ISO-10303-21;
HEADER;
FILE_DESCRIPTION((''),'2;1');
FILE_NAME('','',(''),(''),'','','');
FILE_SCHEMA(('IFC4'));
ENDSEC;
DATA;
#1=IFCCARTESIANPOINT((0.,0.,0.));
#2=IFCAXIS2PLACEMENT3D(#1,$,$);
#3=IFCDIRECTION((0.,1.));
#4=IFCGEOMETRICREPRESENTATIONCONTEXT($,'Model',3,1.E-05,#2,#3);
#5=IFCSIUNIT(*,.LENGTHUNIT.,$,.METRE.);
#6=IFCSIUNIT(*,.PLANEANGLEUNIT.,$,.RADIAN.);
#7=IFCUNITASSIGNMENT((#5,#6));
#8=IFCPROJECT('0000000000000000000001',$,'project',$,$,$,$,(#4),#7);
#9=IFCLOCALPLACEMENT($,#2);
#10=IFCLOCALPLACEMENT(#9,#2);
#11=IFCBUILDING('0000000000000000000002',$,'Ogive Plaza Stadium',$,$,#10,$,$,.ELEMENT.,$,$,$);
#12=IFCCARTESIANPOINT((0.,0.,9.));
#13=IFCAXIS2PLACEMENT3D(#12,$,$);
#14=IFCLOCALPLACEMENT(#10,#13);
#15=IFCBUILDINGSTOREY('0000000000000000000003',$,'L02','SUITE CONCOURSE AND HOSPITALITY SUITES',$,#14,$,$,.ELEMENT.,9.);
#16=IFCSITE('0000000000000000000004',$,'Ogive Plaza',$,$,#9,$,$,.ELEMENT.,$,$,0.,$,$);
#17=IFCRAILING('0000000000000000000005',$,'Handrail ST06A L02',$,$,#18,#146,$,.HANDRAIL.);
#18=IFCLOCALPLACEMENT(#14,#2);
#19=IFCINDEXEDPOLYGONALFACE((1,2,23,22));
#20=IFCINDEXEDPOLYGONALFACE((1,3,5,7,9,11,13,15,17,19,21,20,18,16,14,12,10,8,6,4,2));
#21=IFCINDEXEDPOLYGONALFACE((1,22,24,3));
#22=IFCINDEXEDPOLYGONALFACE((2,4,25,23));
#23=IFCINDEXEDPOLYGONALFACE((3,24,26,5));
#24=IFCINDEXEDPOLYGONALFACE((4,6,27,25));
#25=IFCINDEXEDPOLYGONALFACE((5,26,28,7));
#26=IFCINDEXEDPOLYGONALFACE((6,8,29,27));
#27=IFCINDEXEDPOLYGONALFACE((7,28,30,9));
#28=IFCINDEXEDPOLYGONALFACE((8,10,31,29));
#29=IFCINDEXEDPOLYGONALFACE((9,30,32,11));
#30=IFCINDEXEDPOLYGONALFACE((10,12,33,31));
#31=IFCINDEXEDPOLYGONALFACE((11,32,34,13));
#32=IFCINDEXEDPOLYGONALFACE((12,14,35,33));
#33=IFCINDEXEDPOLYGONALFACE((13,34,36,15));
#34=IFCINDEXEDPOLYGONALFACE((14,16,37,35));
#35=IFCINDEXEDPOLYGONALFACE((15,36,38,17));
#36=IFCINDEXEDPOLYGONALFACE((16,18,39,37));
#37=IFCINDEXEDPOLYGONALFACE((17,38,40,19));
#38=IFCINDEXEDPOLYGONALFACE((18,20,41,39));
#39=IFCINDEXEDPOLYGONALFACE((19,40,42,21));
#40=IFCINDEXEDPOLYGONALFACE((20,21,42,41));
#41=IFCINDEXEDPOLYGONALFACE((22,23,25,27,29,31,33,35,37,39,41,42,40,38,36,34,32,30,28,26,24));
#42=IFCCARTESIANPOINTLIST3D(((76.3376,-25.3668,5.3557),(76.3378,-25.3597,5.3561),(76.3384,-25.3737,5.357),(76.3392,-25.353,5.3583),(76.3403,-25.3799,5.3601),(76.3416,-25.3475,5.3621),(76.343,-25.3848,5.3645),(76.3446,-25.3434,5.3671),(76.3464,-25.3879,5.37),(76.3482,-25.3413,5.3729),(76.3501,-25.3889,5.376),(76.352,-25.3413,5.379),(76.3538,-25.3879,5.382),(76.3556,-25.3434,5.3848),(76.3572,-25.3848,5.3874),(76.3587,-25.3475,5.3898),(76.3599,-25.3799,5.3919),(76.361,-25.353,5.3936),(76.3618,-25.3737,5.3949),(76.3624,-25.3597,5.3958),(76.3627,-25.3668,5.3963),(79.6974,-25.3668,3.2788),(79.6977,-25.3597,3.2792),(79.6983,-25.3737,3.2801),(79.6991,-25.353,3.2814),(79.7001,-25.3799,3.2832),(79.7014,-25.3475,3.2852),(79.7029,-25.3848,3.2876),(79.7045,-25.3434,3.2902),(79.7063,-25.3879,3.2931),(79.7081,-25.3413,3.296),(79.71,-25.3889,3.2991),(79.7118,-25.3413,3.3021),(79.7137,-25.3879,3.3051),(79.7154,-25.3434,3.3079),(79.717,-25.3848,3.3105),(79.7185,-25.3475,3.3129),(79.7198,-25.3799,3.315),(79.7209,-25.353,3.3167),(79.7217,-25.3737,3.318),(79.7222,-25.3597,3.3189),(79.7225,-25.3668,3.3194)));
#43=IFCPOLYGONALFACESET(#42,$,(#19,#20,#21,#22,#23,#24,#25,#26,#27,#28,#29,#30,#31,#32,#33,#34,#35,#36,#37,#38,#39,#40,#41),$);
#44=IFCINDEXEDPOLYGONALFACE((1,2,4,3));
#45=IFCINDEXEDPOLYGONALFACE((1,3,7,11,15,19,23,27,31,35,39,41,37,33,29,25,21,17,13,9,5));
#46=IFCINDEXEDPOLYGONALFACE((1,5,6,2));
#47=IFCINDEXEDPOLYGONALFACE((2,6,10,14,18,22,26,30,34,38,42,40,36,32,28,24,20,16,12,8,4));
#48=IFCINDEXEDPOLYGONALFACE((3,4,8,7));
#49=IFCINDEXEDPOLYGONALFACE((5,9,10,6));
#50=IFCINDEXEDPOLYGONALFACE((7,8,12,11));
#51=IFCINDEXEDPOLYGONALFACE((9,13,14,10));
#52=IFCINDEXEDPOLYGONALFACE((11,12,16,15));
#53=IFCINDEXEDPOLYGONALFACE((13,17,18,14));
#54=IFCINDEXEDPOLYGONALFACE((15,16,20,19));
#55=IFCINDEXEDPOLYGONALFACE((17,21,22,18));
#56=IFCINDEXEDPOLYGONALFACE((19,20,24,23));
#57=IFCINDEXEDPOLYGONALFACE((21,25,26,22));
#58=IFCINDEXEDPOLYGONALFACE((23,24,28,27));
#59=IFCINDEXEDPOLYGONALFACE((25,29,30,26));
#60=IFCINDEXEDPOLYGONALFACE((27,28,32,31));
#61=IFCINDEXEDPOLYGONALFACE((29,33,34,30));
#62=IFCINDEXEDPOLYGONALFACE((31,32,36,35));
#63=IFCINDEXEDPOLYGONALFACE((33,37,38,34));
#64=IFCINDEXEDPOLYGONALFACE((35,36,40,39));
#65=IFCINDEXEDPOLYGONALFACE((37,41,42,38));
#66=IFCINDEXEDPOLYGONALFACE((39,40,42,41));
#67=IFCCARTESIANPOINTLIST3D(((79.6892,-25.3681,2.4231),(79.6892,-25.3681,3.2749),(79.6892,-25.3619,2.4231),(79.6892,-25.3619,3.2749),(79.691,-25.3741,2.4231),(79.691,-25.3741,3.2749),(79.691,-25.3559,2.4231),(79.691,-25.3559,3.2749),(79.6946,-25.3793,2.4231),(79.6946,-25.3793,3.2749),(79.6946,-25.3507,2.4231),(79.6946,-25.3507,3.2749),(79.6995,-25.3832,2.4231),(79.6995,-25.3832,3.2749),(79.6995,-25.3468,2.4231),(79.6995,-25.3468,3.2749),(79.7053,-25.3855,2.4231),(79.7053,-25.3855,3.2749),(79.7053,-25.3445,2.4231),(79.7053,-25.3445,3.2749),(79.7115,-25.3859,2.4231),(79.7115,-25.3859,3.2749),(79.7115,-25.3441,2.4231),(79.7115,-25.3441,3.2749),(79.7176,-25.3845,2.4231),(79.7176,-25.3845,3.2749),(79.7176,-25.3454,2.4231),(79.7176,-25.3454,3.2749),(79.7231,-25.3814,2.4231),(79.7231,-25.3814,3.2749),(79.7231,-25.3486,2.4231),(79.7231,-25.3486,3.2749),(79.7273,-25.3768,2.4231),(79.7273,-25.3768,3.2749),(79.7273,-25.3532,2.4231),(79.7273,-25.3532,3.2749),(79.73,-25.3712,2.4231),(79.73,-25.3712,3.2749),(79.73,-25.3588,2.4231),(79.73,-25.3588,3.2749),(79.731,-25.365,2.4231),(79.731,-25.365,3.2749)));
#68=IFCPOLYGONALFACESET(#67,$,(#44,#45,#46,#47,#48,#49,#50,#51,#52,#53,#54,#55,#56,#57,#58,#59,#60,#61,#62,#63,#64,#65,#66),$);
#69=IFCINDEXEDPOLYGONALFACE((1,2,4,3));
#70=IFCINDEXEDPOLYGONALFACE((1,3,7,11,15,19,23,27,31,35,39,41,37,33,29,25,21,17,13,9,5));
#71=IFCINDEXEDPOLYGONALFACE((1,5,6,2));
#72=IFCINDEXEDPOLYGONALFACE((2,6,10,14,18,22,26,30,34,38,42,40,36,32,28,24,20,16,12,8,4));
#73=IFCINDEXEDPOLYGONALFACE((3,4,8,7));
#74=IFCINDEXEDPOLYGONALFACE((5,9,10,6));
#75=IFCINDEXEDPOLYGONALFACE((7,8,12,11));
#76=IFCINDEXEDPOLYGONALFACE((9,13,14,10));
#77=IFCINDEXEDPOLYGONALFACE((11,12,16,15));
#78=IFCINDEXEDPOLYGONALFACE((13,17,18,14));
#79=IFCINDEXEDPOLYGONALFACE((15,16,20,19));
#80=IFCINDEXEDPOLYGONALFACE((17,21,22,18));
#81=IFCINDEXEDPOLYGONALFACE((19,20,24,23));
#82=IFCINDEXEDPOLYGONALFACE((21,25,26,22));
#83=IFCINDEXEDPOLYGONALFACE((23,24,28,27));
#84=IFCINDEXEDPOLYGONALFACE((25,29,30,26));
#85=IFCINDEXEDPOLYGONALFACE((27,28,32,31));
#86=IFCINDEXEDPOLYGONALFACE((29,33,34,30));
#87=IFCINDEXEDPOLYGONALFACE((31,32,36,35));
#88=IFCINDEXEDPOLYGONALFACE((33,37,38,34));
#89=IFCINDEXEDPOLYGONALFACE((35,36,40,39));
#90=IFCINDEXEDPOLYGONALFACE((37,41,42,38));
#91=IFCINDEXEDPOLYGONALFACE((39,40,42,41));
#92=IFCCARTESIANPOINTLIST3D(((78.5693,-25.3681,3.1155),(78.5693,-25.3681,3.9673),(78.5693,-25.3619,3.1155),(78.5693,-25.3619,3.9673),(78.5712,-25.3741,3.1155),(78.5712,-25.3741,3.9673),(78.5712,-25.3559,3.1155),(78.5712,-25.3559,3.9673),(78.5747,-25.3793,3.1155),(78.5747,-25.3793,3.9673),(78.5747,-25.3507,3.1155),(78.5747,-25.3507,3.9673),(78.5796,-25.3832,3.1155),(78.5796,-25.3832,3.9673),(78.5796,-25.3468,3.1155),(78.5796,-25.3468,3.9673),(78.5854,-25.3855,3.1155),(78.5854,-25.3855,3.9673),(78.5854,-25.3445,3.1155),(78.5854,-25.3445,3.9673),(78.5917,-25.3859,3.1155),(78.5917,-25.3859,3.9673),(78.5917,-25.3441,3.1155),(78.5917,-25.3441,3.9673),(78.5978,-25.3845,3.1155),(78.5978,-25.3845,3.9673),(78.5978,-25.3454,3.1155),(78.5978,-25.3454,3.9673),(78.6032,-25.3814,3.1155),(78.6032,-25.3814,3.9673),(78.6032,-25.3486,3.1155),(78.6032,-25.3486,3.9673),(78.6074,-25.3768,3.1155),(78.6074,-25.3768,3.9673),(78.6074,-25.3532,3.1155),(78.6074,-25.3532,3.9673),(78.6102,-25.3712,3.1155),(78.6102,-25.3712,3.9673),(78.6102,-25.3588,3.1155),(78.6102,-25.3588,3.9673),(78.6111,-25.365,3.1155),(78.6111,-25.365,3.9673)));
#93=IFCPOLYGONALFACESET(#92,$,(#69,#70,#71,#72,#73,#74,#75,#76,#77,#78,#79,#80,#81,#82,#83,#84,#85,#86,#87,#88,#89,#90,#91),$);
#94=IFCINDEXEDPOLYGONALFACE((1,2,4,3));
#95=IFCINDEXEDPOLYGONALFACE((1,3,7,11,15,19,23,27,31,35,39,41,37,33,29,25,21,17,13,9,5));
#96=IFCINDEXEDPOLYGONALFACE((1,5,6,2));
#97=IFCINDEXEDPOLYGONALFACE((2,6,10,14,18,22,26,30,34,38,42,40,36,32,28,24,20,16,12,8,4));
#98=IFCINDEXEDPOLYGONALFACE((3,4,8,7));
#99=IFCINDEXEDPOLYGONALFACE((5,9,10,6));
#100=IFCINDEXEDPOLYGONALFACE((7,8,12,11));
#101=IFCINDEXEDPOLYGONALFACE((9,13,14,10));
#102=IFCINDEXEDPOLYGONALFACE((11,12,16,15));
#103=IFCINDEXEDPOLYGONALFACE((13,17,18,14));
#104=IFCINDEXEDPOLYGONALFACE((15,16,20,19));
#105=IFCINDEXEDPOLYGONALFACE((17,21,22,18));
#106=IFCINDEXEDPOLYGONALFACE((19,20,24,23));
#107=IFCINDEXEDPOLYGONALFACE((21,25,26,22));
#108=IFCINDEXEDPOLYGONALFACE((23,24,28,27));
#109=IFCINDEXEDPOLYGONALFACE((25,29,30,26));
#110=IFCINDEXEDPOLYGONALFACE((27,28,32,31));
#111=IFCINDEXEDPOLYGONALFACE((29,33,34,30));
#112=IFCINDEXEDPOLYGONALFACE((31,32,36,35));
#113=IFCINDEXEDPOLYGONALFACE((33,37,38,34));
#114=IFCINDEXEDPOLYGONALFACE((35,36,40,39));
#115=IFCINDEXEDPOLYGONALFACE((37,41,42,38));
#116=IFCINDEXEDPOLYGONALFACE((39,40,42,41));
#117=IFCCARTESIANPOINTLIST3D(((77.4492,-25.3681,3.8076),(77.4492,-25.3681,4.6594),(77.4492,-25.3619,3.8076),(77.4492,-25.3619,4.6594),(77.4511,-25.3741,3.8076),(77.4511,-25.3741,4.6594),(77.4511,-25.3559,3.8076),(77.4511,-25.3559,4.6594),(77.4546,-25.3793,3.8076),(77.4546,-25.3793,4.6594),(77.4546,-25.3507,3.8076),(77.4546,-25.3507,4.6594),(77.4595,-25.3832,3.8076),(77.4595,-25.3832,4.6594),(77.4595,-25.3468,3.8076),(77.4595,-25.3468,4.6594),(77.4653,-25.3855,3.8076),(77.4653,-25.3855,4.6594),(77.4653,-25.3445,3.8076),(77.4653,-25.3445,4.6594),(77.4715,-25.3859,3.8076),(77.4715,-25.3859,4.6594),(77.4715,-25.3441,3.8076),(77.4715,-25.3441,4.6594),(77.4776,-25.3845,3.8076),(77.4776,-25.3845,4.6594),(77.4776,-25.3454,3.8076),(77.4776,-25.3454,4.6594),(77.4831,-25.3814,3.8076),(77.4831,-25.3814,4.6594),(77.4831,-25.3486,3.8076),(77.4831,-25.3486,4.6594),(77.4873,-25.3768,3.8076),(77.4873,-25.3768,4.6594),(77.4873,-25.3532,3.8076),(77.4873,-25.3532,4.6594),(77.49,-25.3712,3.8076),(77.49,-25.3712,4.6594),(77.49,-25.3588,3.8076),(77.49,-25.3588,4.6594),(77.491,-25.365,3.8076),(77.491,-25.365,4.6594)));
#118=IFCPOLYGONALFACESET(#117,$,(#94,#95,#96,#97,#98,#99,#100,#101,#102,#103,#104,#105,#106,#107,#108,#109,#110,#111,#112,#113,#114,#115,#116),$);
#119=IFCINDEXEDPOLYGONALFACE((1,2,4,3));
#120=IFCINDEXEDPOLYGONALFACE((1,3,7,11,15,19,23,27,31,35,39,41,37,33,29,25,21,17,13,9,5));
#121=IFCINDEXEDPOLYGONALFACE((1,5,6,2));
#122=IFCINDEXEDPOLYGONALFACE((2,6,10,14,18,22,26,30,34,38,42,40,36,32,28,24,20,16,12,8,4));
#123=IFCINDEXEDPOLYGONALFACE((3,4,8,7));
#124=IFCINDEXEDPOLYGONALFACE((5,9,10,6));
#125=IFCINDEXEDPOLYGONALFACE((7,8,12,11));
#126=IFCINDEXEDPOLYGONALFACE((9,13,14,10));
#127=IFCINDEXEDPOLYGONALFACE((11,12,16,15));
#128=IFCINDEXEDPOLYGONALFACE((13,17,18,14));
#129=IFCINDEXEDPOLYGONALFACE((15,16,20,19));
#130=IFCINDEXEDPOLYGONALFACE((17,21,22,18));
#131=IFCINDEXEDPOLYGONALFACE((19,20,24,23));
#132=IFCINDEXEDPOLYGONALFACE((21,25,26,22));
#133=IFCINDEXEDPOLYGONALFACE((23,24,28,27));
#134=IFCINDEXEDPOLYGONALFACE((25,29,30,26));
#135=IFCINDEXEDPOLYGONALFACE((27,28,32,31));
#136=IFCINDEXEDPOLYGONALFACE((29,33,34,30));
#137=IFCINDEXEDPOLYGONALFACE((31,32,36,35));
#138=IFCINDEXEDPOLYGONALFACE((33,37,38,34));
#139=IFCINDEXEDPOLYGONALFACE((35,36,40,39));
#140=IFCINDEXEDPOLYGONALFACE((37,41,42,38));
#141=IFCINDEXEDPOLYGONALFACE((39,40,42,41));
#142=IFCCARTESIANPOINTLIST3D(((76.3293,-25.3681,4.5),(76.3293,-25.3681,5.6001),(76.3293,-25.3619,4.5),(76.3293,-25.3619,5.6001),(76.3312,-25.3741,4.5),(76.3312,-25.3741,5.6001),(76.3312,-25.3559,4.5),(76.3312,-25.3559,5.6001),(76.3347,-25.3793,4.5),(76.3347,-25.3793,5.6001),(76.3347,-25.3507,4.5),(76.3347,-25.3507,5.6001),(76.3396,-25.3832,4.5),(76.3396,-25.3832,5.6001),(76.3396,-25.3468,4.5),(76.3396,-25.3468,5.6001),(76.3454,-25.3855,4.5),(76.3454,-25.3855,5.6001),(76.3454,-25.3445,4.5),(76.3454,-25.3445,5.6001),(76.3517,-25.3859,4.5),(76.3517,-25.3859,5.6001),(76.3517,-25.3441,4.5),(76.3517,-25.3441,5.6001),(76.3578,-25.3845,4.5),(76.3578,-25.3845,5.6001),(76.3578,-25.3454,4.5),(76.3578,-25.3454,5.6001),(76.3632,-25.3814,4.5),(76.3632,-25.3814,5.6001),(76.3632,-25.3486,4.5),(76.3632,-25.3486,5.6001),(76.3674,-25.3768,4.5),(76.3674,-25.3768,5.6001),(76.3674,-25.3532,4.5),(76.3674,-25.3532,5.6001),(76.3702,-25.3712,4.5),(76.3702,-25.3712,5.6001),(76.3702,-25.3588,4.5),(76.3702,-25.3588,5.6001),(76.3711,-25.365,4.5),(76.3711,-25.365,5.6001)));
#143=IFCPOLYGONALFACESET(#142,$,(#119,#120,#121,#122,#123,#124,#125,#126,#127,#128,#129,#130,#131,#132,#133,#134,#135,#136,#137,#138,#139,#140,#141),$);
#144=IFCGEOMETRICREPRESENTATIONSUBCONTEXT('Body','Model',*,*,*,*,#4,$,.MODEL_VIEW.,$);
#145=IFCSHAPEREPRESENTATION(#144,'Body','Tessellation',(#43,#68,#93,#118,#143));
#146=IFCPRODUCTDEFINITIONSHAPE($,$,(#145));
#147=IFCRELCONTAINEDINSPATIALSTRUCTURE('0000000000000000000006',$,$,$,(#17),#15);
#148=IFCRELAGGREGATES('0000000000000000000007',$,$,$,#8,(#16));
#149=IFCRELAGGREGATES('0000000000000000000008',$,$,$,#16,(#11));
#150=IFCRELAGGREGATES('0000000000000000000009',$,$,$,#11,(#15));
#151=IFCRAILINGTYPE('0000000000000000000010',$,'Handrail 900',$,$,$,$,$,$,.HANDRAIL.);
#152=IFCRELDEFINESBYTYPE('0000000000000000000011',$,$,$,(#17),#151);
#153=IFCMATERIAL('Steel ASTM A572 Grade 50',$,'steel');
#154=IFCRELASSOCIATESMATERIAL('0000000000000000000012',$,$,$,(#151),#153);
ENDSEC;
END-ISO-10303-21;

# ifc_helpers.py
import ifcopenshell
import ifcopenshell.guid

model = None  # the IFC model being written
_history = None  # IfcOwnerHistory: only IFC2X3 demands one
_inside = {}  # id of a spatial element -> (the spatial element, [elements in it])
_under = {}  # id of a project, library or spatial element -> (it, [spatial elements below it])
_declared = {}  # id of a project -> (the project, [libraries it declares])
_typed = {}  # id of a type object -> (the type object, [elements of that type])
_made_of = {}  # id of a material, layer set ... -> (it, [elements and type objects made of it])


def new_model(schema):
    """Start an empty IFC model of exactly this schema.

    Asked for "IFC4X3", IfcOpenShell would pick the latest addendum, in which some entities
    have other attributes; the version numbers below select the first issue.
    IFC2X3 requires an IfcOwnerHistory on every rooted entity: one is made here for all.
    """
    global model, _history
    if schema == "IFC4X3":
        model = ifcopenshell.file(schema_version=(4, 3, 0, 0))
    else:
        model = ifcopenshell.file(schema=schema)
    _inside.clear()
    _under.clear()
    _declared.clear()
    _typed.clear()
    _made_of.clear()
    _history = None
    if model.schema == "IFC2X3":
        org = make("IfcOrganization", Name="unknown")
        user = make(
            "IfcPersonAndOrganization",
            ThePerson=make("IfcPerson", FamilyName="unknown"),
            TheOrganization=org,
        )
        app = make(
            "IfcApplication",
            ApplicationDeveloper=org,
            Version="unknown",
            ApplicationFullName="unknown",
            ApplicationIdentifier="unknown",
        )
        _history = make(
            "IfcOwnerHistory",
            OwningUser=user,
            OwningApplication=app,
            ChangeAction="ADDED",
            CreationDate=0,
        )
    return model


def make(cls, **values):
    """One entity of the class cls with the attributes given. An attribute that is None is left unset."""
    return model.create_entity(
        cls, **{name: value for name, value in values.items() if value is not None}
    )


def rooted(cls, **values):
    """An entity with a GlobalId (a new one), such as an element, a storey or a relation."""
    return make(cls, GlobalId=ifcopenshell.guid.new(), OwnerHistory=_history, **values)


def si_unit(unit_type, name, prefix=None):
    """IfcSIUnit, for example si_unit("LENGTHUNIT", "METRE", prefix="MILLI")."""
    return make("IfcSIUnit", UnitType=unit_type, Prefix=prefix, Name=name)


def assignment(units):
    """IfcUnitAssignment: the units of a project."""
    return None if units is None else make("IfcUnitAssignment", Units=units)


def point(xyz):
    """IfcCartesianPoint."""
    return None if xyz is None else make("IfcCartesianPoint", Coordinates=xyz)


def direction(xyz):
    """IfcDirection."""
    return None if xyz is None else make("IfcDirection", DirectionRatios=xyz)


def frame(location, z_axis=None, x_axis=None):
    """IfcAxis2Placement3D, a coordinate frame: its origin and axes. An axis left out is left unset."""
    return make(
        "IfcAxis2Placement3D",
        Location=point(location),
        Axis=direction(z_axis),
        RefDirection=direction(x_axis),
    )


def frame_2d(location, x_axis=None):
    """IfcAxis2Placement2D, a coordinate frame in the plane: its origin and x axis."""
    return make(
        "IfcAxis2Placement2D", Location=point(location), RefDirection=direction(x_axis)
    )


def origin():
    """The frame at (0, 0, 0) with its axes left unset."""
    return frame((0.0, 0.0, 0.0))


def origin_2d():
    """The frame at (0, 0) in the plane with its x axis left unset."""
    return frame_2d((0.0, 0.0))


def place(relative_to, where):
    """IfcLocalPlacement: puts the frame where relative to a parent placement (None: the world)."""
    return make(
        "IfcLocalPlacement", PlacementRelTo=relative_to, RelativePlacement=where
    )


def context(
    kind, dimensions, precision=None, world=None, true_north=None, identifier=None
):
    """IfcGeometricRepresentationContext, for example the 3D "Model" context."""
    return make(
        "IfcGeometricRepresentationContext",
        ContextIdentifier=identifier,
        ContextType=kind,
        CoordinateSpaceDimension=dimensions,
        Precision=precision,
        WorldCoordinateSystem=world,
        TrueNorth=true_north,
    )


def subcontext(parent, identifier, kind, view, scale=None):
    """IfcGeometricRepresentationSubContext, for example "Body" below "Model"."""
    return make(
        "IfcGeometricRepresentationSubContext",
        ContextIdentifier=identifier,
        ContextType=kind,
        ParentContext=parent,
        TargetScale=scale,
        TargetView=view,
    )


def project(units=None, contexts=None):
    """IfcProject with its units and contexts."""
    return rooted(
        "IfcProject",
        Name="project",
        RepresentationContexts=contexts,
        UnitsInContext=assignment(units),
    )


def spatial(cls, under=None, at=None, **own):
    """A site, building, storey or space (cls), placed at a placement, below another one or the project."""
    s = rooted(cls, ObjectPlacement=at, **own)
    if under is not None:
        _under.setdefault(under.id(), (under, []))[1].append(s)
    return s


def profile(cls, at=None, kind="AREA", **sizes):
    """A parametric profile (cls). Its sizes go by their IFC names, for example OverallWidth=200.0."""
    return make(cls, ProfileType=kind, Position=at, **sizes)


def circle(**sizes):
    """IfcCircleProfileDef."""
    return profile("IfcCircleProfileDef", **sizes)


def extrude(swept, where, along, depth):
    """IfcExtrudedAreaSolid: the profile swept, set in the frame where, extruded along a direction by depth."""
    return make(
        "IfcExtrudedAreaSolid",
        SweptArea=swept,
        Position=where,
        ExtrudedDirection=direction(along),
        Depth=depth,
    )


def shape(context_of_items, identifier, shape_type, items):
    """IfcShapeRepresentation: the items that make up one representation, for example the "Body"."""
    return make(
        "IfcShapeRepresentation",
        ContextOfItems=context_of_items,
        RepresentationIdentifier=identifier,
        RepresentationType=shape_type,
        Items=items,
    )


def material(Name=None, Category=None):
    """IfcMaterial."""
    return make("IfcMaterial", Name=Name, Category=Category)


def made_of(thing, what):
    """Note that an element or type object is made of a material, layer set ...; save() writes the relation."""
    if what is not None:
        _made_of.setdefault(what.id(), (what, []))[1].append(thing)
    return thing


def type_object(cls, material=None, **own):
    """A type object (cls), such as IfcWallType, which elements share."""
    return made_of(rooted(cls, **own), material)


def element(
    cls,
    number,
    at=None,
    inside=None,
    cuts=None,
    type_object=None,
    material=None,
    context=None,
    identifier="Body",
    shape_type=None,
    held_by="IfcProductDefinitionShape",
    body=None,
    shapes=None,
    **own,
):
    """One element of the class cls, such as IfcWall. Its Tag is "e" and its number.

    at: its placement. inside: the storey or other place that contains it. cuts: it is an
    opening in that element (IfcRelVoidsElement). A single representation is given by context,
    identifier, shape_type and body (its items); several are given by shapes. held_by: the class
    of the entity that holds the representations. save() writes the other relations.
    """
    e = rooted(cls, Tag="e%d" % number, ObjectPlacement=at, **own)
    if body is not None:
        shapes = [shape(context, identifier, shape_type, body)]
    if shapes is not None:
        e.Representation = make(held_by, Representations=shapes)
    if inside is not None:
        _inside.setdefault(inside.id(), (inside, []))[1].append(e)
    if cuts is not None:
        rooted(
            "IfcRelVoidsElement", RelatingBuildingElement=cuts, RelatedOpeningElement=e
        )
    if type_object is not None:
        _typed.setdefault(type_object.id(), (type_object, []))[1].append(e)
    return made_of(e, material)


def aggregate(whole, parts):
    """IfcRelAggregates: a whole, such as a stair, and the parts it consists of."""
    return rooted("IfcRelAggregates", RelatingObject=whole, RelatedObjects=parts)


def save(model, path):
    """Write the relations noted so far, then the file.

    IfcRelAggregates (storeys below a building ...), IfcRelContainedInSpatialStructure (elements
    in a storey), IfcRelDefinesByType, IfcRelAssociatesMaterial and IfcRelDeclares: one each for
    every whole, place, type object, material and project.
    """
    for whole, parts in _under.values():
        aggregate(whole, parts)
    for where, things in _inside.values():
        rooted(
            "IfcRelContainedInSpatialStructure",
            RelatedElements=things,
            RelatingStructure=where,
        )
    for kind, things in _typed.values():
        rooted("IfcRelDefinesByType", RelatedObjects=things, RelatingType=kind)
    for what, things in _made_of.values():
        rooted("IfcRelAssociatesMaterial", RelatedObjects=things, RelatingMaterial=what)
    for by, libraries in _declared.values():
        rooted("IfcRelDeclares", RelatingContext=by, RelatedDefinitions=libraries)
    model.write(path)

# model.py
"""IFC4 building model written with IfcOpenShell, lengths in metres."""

from ifc_helpers import new_model, si_unit, direction, frame, origin, origin_2d, place, context, subcontext, project, spatial, circle, extrude, material, type_object, element, save


model = new_model("IFC4")

# Units and contexts
model_context = context("Model", 3, precision=1e-05, world=origin(), true_north=direction((0.0, 1.0)))
body_context = subcontext(model_context, "Body", "Model", "MODEL_VIEW")
ifc_project = project(units=[si_unit("LENGTHUNIT", "METRE"), si_unit("PLANEANGLEUNIT", "RADIAN")], contexts=[model_context])

# Site, building, storey
site_placement = place(None, origin())
site = spatial("IfcSite", under=ifc_project, at=site_placement, Name="Ogive Plaza", CompositionType="ELEMENT", RefElevation=0.0)
building_placement = place(site_placement, origin())
building = spatial("IfcBuilding", under=site, at=building_placement, Name="Ogive Plaza Stadium", CompositionType="ELEMENT")
storey_placement = place(building_placement, frame((0.0, 0.0, 9.0)))
storey = spatial("IfcBuildingStorey", under=building, at=storey_placement, Name="L02", Description="SUITE CONCOURSE AND HOSPITALITY SUITES", CompositionType="ELEMENT", Elevation=9.0)

# Railing
ifc_material_1 = material(Name="Steel ASTM A572 Grade 50", Category="steel")
railing_type_1 = type_object("IfcRailingType", Name="Handrail 900", PredefinedType="HANDRAIL", material=ifc_material_1)
railing_1_placement = place(storey_placement, frame((79.71, -25.365, 2.4231)))
element("IfcRailing", 1, at=railing_1_placement, inside=storey, type_object=railing_type_1, Name="Handrail ST06A L02", PredefinedType="HANDRAIL", context=body_context, shape_type="SweptSolid", body=[
    extrude(circle(Radius=0.0239, at=origin_2d()), frame((0.0, 0.0, 0.876), z_axis=(-0.850606, 0.0, 0.525803), x_axis=(0.0, -1.0, 0.0)), (0.0, 0.0, 1.0), 3.95),
    extrude(circle(Radius=0.021, at=origin_2d()), origin(), (0.0, 0.0, 1.0), 0.8518),
    extrude(circle(Radius=0.021, at=origin_2d()), frame((-1.1199, 0.0, 0.6924)), (0.0, 0.0, 1.0), 0.8518),
    extrude(circle(Radius=0.021, at=origin_2d()), frame((-2.24, 0.0, 1.3845)), (0.0, 0.0, 1.0), 0.8518),
    extrude(circle(Radius=0.021, at=origin_2d()), frame((-3.3599, 0.0, 2.0769)), (0.0, 0.0, 1.0), 1.1001),
])

save(model, "model.ifc")
